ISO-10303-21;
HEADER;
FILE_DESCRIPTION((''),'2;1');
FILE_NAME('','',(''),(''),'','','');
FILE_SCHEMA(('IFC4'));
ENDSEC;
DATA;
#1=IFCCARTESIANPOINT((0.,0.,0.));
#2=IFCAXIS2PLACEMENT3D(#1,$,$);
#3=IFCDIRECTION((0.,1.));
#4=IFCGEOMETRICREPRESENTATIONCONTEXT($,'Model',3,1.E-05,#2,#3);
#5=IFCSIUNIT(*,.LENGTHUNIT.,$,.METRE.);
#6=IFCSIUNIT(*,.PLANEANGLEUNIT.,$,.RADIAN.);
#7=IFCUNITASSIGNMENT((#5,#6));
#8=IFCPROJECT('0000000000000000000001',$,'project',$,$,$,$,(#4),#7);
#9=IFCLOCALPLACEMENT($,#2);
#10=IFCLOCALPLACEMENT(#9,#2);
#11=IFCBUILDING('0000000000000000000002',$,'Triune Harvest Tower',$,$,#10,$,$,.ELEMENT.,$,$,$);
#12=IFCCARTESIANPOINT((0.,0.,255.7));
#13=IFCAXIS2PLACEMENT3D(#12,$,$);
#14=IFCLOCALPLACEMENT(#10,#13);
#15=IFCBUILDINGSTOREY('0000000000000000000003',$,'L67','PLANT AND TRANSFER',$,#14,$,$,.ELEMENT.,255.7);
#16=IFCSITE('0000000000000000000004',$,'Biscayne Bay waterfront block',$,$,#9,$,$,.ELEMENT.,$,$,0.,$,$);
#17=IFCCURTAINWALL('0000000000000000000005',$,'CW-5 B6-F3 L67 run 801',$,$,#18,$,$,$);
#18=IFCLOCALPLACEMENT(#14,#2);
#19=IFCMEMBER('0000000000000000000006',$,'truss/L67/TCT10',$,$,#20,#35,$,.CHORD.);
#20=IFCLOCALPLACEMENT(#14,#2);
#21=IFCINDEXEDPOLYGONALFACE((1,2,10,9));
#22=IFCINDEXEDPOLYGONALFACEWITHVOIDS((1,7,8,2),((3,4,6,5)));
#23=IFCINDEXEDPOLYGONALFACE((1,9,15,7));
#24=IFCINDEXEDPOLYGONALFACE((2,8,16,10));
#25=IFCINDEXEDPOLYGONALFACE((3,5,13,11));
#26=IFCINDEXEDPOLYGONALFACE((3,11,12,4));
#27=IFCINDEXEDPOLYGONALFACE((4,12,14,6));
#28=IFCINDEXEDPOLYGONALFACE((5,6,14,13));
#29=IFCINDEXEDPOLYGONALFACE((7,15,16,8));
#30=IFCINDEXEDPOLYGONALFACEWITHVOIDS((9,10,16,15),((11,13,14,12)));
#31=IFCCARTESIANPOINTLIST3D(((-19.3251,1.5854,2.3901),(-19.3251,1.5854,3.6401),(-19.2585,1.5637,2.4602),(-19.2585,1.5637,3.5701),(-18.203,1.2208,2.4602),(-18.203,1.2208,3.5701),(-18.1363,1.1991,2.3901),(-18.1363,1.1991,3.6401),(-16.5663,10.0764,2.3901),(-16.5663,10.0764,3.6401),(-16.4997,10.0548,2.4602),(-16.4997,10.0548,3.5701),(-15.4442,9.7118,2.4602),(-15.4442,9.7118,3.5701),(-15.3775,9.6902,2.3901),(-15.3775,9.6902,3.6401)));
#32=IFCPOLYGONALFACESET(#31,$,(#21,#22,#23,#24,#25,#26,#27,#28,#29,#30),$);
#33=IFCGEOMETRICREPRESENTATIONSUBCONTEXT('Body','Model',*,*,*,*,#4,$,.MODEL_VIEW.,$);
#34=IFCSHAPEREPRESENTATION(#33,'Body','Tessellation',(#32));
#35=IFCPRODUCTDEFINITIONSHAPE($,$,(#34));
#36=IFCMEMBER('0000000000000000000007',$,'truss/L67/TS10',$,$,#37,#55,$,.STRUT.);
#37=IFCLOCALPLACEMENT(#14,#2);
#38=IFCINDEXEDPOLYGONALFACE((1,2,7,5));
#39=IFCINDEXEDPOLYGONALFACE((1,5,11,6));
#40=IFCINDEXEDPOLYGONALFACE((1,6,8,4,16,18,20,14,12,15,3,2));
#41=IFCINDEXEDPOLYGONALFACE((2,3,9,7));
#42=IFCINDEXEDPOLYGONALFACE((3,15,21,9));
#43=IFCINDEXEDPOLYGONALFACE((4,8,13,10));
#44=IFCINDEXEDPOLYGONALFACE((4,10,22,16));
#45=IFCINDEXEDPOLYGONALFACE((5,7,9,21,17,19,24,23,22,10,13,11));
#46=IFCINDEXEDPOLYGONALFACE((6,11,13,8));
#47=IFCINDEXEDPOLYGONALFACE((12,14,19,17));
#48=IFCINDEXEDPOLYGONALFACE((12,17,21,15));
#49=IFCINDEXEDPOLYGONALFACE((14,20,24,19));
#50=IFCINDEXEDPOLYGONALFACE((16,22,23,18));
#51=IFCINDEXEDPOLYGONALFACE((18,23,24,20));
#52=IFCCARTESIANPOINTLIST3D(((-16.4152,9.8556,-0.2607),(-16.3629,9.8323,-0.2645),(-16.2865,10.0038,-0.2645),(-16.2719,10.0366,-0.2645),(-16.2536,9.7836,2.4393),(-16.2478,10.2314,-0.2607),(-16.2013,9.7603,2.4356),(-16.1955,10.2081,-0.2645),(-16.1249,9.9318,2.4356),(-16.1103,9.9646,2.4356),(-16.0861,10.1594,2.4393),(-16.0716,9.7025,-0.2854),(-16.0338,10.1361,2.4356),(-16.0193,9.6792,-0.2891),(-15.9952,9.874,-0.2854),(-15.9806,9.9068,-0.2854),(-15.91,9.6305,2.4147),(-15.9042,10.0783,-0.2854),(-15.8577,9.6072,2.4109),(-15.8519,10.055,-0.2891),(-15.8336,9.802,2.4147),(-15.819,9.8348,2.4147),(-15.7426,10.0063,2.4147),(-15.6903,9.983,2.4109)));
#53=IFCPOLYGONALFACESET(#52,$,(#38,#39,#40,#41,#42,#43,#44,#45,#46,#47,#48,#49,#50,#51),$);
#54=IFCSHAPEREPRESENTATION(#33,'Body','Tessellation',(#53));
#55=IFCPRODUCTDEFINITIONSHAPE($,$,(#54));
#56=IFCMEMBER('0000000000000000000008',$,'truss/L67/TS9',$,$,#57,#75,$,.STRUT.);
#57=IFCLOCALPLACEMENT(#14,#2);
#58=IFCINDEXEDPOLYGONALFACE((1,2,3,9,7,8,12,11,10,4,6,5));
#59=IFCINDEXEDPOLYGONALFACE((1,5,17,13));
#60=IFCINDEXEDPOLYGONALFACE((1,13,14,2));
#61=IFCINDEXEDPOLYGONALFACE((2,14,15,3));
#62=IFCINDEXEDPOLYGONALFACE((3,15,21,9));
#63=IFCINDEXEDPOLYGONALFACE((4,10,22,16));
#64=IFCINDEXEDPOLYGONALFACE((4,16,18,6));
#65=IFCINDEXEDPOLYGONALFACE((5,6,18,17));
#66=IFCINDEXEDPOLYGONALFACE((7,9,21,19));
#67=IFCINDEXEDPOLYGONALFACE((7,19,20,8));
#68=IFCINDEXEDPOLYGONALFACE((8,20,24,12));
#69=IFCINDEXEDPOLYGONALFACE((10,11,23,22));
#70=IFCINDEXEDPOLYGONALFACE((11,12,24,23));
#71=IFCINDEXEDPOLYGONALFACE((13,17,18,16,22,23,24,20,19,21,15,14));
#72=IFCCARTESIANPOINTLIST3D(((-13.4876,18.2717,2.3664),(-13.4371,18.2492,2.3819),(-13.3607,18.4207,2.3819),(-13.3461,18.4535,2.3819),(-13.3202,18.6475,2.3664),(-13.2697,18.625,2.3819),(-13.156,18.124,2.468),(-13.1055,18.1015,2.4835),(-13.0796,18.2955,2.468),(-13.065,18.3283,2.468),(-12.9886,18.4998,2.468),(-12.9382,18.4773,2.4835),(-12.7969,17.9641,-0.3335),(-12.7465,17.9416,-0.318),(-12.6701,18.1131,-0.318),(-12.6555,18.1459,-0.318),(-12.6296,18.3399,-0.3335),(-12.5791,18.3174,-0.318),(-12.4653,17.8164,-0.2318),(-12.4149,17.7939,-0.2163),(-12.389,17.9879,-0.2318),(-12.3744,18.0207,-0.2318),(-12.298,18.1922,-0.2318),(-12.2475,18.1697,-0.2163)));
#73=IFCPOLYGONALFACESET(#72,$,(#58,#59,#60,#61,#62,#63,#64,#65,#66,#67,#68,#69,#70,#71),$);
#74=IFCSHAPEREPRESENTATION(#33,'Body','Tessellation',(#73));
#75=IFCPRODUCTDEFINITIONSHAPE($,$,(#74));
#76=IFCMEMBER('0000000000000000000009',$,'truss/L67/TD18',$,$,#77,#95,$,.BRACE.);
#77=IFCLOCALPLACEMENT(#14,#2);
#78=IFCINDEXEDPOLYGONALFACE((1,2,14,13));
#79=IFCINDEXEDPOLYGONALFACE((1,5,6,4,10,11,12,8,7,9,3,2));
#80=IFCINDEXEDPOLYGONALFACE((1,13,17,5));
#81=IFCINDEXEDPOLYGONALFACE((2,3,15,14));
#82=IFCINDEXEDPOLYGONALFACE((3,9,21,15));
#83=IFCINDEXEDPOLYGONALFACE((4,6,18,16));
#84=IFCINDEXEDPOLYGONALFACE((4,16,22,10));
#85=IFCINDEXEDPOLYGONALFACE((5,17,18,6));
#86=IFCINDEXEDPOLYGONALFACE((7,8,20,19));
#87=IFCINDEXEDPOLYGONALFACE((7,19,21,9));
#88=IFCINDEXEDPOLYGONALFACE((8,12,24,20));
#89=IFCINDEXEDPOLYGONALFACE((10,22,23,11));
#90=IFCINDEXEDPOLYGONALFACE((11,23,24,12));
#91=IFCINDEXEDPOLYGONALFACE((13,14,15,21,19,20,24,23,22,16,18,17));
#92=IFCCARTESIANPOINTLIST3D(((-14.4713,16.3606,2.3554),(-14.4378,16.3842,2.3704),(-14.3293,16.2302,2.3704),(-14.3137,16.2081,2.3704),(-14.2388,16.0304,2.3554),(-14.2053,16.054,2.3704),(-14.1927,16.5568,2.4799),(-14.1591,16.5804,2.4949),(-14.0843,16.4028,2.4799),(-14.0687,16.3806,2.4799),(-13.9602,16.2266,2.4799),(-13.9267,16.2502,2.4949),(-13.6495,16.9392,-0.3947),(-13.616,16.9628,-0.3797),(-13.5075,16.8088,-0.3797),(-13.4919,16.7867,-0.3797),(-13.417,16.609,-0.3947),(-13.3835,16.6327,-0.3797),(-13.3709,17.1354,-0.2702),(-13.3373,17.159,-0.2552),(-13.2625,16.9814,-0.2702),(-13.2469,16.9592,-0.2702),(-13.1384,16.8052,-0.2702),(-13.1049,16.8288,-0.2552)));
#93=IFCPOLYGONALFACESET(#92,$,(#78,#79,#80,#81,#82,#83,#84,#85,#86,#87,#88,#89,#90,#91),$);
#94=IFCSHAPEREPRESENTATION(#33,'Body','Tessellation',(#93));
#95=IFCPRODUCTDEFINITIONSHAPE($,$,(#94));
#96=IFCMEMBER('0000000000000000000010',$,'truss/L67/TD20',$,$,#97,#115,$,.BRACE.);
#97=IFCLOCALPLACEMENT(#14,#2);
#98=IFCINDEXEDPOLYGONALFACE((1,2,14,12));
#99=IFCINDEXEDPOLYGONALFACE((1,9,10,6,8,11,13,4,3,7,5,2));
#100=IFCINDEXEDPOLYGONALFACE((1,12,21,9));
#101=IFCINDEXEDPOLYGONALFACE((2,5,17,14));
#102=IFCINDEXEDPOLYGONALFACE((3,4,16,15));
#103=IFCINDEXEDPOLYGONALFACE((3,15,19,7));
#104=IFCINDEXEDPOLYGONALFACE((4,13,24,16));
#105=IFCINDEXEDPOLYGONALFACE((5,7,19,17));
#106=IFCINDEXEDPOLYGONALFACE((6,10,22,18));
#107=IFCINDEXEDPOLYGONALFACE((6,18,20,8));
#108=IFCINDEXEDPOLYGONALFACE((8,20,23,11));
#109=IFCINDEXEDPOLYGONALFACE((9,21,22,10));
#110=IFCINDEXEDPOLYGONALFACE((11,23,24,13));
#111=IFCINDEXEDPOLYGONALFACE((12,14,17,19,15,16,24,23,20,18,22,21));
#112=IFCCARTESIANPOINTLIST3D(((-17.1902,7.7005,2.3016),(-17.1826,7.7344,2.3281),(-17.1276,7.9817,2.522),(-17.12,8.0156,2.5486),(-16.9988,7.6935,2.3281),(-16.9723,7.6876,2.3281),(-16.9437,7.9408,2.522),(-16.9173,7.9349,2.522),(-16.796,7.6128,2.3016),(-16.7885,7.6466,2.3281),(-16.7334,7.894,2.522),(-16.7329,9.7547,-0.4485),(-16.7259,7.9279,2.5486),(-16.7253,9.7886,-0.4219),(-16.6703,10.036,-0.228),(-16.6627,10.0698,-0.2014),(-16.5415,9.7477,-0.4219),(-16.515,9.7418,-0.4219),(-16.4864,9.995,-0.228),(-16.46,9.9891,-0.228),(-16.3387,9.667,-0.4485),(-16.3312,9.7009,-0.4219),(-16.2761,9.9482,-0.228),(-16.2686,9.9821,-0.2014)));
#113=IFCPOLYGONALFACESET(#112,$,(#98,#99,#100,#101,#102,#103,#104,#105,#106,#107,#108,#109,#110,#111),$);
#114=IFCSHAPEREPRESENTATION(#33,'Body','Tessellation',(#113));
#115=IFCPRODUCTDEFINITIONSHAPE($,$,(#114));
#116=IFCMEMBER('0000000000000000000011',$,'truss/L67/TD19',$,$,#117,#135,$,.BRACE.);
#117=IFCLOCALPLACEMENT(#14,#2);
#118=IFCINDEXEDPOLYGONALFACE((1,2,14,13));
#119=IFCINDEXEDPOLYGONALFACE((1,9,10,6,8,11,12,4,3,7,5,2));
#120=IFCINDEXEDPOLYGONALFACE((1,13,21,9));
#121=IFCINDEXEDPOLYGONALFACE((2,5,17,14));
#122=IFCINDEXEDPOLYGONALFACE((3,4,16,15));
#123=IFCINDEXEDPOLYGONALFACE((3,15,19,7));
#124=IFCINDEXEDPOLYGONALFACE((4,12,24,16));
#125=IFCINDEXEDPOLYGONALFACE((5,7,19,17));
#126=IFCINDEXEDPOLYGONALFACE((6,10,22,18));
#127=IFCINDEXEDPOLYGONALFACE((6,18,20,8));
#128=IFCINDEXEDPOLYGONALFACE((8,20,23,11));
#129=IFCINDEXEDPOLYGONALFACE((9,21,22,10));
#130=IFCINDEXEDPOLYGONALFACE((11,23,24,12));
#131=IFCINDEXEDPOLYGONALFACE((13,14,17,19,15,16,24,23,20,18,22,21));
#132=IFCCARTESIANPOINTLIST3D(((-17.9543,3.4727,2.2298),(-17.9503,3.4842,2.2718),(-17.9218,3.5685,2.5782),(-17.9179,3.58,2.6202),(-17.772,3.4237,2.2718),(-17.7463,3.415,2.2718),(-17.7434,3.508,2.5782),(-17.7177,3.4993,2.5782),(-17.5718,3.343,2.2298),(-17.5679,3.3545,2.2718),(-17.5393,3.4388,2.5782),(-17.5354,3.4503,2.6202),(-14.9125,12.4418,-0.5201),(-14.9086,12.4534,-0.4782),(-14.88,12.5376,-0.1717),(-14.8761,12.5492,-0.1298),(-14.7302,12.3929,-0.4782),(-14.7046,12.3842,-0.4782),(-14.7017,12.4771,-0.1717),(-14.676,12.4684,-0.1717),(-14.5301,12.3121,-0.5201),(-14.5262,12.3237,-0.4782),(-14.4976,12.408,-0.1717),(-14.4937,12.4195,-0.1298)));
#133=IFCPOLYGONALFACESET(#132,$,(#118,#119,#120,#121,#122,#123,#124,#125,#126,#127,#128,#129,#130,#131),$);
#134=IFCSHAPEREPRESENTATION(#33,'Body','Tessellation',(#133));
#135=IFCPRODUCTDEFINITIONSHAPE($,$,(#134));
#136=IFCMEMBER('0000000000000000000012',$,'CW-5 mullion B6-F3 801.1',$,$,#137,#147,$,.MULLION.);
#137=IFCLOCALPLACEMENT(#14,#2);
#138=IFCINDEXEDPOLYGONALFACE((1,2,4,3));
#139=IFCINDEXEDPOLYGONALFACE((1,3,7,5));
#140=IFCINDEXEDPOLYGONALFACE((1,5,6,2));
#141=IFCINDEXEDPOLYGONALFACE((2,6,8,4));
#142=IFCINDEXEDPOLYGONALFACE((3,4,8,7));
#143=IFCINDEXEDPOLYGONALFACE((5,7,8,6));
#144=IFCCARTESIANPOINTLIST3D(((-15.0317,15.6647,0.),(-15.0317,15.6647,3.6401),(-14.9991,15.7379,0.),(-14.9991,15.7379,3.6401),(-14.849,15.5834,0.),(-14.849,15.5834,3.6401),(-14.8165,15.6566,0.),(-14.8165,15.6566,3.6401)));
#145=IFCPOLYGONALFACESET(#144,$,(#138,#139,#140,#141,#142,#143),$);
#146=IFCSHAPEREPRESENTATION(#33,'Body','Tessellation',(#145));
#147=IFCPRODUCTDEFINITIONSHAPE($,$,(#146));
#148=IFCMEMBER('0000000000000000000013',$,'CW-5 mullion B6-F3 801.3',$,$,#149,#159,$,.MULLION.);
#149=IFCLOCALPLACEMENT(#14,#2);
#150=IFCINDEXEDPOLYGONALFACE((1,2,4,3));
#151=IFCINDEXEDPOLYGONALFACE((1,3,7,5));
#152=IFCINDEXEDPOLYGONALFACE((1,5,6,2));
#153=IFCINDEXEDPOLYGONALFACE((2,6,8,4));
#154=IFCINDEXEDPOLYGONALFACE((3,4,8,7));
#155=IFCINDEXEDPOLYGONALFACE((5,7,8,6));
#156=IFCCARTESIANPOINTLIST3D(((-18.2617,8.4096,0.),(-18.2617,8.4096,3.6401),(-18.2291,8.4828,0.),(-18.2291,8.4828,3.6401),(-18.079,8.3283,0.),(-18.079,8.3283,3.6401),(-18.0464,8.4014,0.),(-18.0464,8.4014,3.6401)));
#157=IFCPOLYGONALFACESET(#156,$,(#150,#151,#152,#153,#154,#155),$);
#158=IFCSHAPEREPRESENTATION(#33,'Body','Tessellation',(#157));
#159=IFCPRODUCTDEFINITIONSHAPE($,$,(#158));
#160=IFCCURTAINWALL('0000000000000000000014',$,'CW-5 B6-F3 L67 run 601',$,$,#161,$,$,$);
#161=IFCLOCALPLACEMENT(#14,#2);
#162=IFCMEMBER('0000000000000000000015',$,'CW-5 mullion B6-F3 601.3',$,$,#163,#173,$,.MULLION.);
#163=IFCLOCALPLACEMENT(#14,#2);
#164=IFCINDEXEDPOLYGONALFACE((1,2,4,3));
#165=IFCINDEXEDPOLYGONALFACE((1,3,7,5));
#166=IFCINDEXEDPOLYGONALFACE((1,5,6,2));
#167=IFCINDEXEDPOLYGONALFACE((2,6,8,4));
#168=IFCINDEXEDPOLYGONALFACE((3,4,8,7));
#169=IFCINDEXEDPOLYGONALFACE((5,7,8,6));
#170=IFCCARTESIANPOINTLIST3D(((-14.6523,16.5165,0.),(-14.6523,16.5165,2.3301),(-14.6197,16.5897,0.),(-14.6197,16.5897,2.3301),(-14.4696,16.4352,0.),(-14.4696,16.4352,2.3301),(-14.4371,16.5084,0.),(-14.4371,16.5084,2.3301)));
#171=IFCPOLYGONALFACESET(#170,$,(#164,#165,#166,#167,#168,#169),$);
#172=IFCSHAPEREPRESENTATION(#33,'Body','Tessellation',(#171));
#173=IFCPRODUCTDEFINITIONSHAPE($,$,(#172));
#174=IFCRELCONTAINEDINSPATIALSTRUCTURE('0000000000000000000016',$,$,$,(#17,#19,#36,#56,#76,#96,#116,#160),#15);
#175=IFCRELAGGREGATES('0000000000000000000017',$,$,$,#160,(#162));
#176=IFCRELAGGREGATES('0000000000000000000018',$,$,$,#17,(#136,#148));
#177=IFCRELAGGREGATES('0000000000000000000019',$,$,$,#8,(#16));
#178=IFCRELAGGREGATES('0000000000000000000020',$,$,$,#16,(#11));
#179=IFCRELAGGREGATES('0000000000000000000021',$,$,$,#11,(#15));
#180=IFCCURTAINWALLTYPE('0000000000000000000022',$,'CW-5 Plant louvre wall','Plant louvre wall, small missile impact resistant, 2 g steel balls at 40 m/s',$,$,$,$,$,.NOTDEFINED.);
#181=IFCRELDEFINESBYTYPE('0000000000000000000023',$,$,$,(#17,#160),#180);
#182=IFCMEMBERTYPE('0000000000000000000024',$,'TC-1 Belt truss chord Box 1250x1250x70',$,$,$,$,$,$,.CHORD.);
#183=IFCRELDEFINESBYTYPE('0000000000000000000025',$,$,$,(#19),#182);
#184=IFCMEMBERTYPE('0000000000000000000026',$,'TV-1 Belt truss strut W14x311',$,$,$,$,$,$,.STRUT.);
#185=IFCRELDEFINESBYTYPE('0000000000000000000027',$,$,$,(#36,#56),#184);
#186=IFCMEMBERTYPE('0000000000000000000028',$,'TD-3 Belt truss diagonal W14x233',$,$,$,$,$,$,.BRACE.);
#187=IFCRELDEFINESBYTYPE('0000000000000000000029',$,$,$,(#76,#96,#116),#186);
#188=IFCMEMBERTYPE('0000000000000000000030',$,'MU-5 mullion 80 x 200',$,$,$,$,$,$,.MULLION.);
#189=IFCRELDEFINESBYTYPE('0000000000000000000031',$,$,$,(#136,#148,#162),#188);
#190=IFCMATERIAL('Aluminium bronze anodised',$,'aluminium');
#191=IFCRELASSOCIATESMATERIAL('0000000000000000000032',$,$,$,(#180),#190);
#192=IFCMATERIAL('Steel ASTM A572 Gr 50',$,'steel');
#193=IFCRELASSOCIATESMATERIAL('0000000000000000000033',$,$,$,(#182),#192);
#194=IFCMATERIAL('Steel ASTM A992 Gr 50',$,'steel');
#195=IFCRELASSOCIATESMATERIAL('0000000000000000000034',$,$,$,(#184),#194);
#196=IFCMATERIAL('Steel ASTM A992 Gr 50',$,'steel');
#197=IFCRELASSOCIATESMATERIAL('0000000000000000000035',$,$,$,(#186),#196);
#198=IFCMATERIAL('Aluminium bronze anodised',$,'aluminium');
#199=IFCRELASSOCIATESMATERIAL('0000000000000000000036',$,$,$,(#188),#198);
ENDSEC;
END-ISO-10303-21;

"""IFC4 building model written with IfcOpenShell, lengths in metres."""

from ifc_helpers import new_model, si_unit, direction, frame, origin, origin_2d, place, context, subcontext, project, spatial, rectangle, hollow_rectangle, i_section, extrude, source, transform, mapped, material, material_profile, profile_set, type_object, element, aggregate, save


model = new_model("IFC4")

# Units and contexts
model_context = context("Model", 3, precision=1e-05, world=origin(), true_north=direction((0.0, 1.0)))
body_context = subcontext(model_context, "Body", "Model", "MODEL_VIEW")
ifc_project = project(units=[si_unit("LENGTHUNIT", "METRE"), si_unit("PLANEANGLEUNIT", "RADIAN")], contexts=[model_context])

# Site, building, storey
site_placement = place(None, origin())
site = spatial("IfcSite", under=ifc_project, at=site_placement, Name="Biscayne Bay waterfront block", CompositionType="ELEMENT", RefElevation=0.0)
building_placement = place(site_placement, origin())
building = spatial("IfcBuilding", under=site, at=building_placement, Name="Triune Harvest Tower", CompositionType="ELEMENT")
storey_placement = place(building_placement, frame((0.0, 0.0, 255.7)))
storey = spatial("IfcBuildingStorey", under=building, at=storey_placement, Name="L67", Description="PLANT AND TRANSFER", CompositionType="ELEMENT", Elevation=255.7)

# Curtain wall
ifc_material_1 = material(Name="Aluminium bronze anodised", Category="aluminium")
curtain_wall_type = type_object("IfcCurtainWallType", Name="CW-5 Plant louvre wall", Description="Plant louvre wall, small missile impact resistant, 2 g steel balls at 40 m/s", PredefinedType="NOTDEFINED", material=ifc_material_1)
curtain_wall_1_placement = place(storey_placement, origin())
curtain_wall_1 = element("IfcCurtainWall", 1, at=curtain_wall_1_placement, inside=storey, type_object=curtain_wall_type, Name="CW-5 B6-F3 L67 run 801")

# Members
ifc_material_2 = material(Name="Steel ASTM A572 Gr 50", Category="steel")
ifc_material_profile_1 = material_profile(ifc_material_2, hollow_rectangle(XDim=1.25, YDim=1.25, WallThickness=0.0701, at=origin_2d()), Name="Box 1250x1250x70")
ifc_profile_set_1 = profile_set([ifc_material_profile_1], Name="Steel ASTM A572 Gr 50")
member_type_1 = type_object("IfcMemberType", Name="TC-1 Belt truss chord Box 1250x1250x70", PredefinedType="CHORD", material=ifc_profile_set_1)
shared_shape_1 = source(origin(), body_context, "Body", "SweptSolid", [
    extrude(hollow_rectangle(XDim=1.25, YDim=1.25, WallThickness=0.0701, at=origin_2d()), origin(), (0.0, 0.0, 1.0), 8.928),
])
member_1_placement = place(storey_placement, frame((-15.9719, 9.8833, 3.0151), z_axis=(-0.309008, -0.95106, 0.0), x_axis=(0.95106, -0.309008, 0.0)))
element("IfcMember", 2, at=member_1_placement, inside=storey, type_object=member_type_1, Name="truss/L67/TCT10", PredefinedType="CHORD", context=body_context, shape_type="MappedRepresentation", body=[
    mapped(shared_shape_1, transform((0.0, 0.0, 0.0), scale=1.0)),
])
ifc_material_3 = material(Name="Steel ASTM A992 Gr 50", Category="steel")
ifc_material_profile_2 = material_profile(ifc_material_3, i_section(OverallWidth=0.4114, OverallDepth=0.4343, WebThickness=0.0359, FlangeThickness=0.0574, at=origin_2d()), Name="W14x311")
ifc_profile_set_2 = profile_set([ifc_material_profile_2], Name="Steel ASTM A992 Gr 50")
member_type_2 = type_object("IfcMemberType", Name="TV-1 Belt truss strut W14x311", PredefinedType="STRUT", material=ifc_profile_set_2)
shared_shape_2 = source(origin(), body_context, "Body", "SweptSolid", [
    extrude(i_section(OverallWidth=0.4114, OverallDepth=0.4343, WebThickness=0.0359, FlangeThickness=0.0574, at=origin_2d()), origin(), (0.0, 0.0, 1.0), 2.7058),
])
member_2_placement = place(storey_placement, frame((-16.1335, 9.9553, -0.2749), z_axis=(0.059733, -0.026618, 0.997859), x_axis=(0.407034, 0.913413, 0.0)))
element("IfcMember", 3, at=member_2_placement, inside=storey, type_object=member_type_2, Name="truss/L67/TS10", PredefinedType="STRUT", context=body_context, shape_type="MappedRepresentation", body=[
    mapped(shared_shape_2, transform((0.0, 0.0, 0.0), scale=1.0)),
])
shared_shape_3 = source(origin(), body_context, "Body", "SweptSolid", [
    extrude(i_section(OverallWidth=0.4114, OverallDepth=0.4343, WebThickness=0.0359, FlangeThickness=0.0574, at=origin_2d()), origin(), (0.0, 0.0, 1.0), 2.8037),
])
member_3_placement = place(storey_placement, frame((-12.5222, 18.0669, -0.2749), z_axis=(-0.246333, 0.109714, 0.962955), x_axis=(-0.406857, -0.913492, 0.0)))
element("IfcMember", 4, at=member_3_placement, inside=storey, type_object=member_type_2, Name="truss/L67/TS9", PredefinedType="STRUT", context=body_context, shape_type="MappedRepresentation", body=[
    mapped(shared_shape_3, transform((0.0, 0.0, 0.0), scale=1.0)),
])
ifc_material_4 = material(Name="Steel ASTM A992 Gr 50", Category="steel")
ifc_material_profile_3 = material_profile(ifc_material_4, i_section(OverallWidth=0.4038, OverallDepth=0.4065, WebThickness=0.0271, FlangeThickness=0.0437, at=origin_2d()), Name="W14x233")
ifc_profile_set_3 = profile_set([ifc_material_profile_3], Name="Steel ASTM A992 Gr 50")
member_type_3 = type_object("IfcMemberType", Name="TD-3 Belt truss diagonal W14x233", PredefinedType="BRACE", material=ifc_profile_set_3)
shared_shape_4 = source(origin(), body_context, "Body", "SweptSolid", [
    extrude(i_section(OverallWidth=0.4038, OverallDepth=0.4065, WebThickness=0.0271, FlangeThickness=0.0437, at=origin_2d()), origin(), (0.0, 0.0, 1.0), 2.928),
])
member_4_placement = place(storey_placement, frame((-13.3772, 16.884, -0.325), z_axis=(-0.280671, -0.19762, 0.939239), x_axis=(0.57571, -0.817654, 0.0)))
element("IfcMember", 5, at=member_4_placement, inside=storey, type_object=member_type_3, Name="truss/L67/TD18", PredefinedType="BRACE", context=body_context, shape_type="MappedRepresentation", body=[
    mapped(shared_shape_4, transform((0.0, 0.0, 0.0), scale=1.0)),
])
shared_shape_5 = source(origin(), body_context, "Body", "SweptSolid", [
    extrude(i_section(OverallWidth=0.4038, OverallDepth=0.4065, WebThickness=0.0271, FlangeThickness=0.0437, at=origin_2d()), origin(), (0.0, 0.0, 1.0), 3.4629),
])
member_5_placement = place(storey_placement, frame((-16.5007, 9.8684, -0.325), z_axis=(-0.132052, -0.59321, 0.794143), x_axis=(0.976108, -0.217287, 0.0)))
element("IfcMember", 6, at=member_5_placement, inside=storey, type_object=member_type_3, Name="truss/L67/TD20", PredefinedType="BRACE", context=body_context, shape_type="MappedRepresentation", body=[
    mapped(shared_shape_5, transform((0.0, 0.0, 0.0), scale=1.0)),
])
shared_shape_6 = source(origin(), body_context, "Body", "SweptSolid", [
    extrude(i_section(OverallWidth=0.4038, OverallDepth=0.4065, WebThickness=0.0271, FlangeThickness=0.0437, at=origin_2d()), origin(), (0.0, 0.0, 1.0), 9.8621),
])
member_6_placement = place(storey_placement, frame((-14.7031, 12.4307, -0.325), z_axis=(-0.308427, -0.909461, 0.278844), x_axis=(0.947023, -0.321165, 0.0)))
element("IfcMember", 7, at=member_6_placement, inside=storey, type_object=member_type_3, Name="truss/L67/TD19", PredefinedType="BRACE", context=body_context, shape_type="MappedRepresentation", body=[
    mapped(shared_shape_6, transform((0.0, 0.0, 0.0), scale=1.0)),
])

# Members
ifc_material_5 = material(Name="Aluminium bronze anodised", Category="aluminium")
ifc_material_profile_4 = material_profile(ifc_material_5, rectangle(XDim=0.2, YDim=0.0801, at=origin_2d()), Name="MU-5 mullion 80 x 200")
ifc_profile_set_4 = profile_set([ifc_material_profile_4], Name="Aluminium bronze anodised")
member_type_4 = type_object("IfcMemberType", Name="MU-5 mullion 80 x 200", PredefinedType="MULLION", material=ifc_profile_set_4)
shared_shape_7 = source(origin(), body_context, "Body", "SweptSolid", [
    extrude(rectangle(XDim=0.2, YDim=0.0801, at=origin_2d()), origin(), (0.0, 0.0, 1.0), 3.6401),
])
member_7_placement = place(storey_placement, frame((-14.9241, 15.6606, 0.0), z_axis=(0.0, 0.0, 1.0), x_axis=(0.913545, -0.406738, 0.0)))
member_7 = element("IfcMember", 8, at=member_7_placement, type_object=member_type_4, Name="CW-5 mullion B6-F3 801.1", PredefinedType="MULLION", context=body_context, shape_type="MappedRepresentation", body=[
    mapped(shared_shape_7, transform((0.0, 0.0, 0.0), scale=1.0)),
])
member_8_placement = place(storey_placement, frame((-18.1541, 8.4055, 0.0), z_axis=(0.0, 0.0, 1.0), x_axis=(0.913545, -0.406738, 0.0)))
member_8 = element("IfcMember", 9, at=member_8_placement, type_object=member_type_4, Name="CW-5 mullion B6-F3 801.3", PredefinedType="MULLION", context=body_context, shape_type="MappedRepresentation", body=[
    mapped(shared_shape_7, transform((0.0, 0.0, 0.0), scale=1.0)),
])

# Curtain wall, member
curtain_wall_2_placement = place(storey_placement, origin())
curtain_wall_2 = element("IfcCurtainWall", 10, at=curtain_wall_2_placement, inside=storey, type_object=curtain_wall_type, Name="CW-5 B6-F3 L67 run 601")
shared_shape_8 = source(origin(), body_context, "Body", "SweptSolid", [
    extrude(rectangle(XDim=0.2, YDim=0.0801, at=origin_2d()), origin(), (0.0, 0.0, 1.0), 2.3301),
])
member_9_placement = place(storey_placement, frame((-14.5447, 16.5125, 0.0), z_axis=(0.0, 0.0, 1.0), x_axis=(0.913547, -0.406734, 0.0)))
member_9 = element("IfcMember", 11, at=member_9_placement, type_object=member_type_4, Name="CW-5 mullion B6-F3 601.3", PredefinedType="MULLION", context=body_context, shape_type="MappedRepresentation", body=[
    mapped(shared_shape_8, transform((0.0, 0.0, 0.0), scale=1.0)),
])
aggregate(curtain_wall_2, [member_9])

aggregate(curtain_wall_1, [member_7, member_8])

save(model, "model.ifc")
